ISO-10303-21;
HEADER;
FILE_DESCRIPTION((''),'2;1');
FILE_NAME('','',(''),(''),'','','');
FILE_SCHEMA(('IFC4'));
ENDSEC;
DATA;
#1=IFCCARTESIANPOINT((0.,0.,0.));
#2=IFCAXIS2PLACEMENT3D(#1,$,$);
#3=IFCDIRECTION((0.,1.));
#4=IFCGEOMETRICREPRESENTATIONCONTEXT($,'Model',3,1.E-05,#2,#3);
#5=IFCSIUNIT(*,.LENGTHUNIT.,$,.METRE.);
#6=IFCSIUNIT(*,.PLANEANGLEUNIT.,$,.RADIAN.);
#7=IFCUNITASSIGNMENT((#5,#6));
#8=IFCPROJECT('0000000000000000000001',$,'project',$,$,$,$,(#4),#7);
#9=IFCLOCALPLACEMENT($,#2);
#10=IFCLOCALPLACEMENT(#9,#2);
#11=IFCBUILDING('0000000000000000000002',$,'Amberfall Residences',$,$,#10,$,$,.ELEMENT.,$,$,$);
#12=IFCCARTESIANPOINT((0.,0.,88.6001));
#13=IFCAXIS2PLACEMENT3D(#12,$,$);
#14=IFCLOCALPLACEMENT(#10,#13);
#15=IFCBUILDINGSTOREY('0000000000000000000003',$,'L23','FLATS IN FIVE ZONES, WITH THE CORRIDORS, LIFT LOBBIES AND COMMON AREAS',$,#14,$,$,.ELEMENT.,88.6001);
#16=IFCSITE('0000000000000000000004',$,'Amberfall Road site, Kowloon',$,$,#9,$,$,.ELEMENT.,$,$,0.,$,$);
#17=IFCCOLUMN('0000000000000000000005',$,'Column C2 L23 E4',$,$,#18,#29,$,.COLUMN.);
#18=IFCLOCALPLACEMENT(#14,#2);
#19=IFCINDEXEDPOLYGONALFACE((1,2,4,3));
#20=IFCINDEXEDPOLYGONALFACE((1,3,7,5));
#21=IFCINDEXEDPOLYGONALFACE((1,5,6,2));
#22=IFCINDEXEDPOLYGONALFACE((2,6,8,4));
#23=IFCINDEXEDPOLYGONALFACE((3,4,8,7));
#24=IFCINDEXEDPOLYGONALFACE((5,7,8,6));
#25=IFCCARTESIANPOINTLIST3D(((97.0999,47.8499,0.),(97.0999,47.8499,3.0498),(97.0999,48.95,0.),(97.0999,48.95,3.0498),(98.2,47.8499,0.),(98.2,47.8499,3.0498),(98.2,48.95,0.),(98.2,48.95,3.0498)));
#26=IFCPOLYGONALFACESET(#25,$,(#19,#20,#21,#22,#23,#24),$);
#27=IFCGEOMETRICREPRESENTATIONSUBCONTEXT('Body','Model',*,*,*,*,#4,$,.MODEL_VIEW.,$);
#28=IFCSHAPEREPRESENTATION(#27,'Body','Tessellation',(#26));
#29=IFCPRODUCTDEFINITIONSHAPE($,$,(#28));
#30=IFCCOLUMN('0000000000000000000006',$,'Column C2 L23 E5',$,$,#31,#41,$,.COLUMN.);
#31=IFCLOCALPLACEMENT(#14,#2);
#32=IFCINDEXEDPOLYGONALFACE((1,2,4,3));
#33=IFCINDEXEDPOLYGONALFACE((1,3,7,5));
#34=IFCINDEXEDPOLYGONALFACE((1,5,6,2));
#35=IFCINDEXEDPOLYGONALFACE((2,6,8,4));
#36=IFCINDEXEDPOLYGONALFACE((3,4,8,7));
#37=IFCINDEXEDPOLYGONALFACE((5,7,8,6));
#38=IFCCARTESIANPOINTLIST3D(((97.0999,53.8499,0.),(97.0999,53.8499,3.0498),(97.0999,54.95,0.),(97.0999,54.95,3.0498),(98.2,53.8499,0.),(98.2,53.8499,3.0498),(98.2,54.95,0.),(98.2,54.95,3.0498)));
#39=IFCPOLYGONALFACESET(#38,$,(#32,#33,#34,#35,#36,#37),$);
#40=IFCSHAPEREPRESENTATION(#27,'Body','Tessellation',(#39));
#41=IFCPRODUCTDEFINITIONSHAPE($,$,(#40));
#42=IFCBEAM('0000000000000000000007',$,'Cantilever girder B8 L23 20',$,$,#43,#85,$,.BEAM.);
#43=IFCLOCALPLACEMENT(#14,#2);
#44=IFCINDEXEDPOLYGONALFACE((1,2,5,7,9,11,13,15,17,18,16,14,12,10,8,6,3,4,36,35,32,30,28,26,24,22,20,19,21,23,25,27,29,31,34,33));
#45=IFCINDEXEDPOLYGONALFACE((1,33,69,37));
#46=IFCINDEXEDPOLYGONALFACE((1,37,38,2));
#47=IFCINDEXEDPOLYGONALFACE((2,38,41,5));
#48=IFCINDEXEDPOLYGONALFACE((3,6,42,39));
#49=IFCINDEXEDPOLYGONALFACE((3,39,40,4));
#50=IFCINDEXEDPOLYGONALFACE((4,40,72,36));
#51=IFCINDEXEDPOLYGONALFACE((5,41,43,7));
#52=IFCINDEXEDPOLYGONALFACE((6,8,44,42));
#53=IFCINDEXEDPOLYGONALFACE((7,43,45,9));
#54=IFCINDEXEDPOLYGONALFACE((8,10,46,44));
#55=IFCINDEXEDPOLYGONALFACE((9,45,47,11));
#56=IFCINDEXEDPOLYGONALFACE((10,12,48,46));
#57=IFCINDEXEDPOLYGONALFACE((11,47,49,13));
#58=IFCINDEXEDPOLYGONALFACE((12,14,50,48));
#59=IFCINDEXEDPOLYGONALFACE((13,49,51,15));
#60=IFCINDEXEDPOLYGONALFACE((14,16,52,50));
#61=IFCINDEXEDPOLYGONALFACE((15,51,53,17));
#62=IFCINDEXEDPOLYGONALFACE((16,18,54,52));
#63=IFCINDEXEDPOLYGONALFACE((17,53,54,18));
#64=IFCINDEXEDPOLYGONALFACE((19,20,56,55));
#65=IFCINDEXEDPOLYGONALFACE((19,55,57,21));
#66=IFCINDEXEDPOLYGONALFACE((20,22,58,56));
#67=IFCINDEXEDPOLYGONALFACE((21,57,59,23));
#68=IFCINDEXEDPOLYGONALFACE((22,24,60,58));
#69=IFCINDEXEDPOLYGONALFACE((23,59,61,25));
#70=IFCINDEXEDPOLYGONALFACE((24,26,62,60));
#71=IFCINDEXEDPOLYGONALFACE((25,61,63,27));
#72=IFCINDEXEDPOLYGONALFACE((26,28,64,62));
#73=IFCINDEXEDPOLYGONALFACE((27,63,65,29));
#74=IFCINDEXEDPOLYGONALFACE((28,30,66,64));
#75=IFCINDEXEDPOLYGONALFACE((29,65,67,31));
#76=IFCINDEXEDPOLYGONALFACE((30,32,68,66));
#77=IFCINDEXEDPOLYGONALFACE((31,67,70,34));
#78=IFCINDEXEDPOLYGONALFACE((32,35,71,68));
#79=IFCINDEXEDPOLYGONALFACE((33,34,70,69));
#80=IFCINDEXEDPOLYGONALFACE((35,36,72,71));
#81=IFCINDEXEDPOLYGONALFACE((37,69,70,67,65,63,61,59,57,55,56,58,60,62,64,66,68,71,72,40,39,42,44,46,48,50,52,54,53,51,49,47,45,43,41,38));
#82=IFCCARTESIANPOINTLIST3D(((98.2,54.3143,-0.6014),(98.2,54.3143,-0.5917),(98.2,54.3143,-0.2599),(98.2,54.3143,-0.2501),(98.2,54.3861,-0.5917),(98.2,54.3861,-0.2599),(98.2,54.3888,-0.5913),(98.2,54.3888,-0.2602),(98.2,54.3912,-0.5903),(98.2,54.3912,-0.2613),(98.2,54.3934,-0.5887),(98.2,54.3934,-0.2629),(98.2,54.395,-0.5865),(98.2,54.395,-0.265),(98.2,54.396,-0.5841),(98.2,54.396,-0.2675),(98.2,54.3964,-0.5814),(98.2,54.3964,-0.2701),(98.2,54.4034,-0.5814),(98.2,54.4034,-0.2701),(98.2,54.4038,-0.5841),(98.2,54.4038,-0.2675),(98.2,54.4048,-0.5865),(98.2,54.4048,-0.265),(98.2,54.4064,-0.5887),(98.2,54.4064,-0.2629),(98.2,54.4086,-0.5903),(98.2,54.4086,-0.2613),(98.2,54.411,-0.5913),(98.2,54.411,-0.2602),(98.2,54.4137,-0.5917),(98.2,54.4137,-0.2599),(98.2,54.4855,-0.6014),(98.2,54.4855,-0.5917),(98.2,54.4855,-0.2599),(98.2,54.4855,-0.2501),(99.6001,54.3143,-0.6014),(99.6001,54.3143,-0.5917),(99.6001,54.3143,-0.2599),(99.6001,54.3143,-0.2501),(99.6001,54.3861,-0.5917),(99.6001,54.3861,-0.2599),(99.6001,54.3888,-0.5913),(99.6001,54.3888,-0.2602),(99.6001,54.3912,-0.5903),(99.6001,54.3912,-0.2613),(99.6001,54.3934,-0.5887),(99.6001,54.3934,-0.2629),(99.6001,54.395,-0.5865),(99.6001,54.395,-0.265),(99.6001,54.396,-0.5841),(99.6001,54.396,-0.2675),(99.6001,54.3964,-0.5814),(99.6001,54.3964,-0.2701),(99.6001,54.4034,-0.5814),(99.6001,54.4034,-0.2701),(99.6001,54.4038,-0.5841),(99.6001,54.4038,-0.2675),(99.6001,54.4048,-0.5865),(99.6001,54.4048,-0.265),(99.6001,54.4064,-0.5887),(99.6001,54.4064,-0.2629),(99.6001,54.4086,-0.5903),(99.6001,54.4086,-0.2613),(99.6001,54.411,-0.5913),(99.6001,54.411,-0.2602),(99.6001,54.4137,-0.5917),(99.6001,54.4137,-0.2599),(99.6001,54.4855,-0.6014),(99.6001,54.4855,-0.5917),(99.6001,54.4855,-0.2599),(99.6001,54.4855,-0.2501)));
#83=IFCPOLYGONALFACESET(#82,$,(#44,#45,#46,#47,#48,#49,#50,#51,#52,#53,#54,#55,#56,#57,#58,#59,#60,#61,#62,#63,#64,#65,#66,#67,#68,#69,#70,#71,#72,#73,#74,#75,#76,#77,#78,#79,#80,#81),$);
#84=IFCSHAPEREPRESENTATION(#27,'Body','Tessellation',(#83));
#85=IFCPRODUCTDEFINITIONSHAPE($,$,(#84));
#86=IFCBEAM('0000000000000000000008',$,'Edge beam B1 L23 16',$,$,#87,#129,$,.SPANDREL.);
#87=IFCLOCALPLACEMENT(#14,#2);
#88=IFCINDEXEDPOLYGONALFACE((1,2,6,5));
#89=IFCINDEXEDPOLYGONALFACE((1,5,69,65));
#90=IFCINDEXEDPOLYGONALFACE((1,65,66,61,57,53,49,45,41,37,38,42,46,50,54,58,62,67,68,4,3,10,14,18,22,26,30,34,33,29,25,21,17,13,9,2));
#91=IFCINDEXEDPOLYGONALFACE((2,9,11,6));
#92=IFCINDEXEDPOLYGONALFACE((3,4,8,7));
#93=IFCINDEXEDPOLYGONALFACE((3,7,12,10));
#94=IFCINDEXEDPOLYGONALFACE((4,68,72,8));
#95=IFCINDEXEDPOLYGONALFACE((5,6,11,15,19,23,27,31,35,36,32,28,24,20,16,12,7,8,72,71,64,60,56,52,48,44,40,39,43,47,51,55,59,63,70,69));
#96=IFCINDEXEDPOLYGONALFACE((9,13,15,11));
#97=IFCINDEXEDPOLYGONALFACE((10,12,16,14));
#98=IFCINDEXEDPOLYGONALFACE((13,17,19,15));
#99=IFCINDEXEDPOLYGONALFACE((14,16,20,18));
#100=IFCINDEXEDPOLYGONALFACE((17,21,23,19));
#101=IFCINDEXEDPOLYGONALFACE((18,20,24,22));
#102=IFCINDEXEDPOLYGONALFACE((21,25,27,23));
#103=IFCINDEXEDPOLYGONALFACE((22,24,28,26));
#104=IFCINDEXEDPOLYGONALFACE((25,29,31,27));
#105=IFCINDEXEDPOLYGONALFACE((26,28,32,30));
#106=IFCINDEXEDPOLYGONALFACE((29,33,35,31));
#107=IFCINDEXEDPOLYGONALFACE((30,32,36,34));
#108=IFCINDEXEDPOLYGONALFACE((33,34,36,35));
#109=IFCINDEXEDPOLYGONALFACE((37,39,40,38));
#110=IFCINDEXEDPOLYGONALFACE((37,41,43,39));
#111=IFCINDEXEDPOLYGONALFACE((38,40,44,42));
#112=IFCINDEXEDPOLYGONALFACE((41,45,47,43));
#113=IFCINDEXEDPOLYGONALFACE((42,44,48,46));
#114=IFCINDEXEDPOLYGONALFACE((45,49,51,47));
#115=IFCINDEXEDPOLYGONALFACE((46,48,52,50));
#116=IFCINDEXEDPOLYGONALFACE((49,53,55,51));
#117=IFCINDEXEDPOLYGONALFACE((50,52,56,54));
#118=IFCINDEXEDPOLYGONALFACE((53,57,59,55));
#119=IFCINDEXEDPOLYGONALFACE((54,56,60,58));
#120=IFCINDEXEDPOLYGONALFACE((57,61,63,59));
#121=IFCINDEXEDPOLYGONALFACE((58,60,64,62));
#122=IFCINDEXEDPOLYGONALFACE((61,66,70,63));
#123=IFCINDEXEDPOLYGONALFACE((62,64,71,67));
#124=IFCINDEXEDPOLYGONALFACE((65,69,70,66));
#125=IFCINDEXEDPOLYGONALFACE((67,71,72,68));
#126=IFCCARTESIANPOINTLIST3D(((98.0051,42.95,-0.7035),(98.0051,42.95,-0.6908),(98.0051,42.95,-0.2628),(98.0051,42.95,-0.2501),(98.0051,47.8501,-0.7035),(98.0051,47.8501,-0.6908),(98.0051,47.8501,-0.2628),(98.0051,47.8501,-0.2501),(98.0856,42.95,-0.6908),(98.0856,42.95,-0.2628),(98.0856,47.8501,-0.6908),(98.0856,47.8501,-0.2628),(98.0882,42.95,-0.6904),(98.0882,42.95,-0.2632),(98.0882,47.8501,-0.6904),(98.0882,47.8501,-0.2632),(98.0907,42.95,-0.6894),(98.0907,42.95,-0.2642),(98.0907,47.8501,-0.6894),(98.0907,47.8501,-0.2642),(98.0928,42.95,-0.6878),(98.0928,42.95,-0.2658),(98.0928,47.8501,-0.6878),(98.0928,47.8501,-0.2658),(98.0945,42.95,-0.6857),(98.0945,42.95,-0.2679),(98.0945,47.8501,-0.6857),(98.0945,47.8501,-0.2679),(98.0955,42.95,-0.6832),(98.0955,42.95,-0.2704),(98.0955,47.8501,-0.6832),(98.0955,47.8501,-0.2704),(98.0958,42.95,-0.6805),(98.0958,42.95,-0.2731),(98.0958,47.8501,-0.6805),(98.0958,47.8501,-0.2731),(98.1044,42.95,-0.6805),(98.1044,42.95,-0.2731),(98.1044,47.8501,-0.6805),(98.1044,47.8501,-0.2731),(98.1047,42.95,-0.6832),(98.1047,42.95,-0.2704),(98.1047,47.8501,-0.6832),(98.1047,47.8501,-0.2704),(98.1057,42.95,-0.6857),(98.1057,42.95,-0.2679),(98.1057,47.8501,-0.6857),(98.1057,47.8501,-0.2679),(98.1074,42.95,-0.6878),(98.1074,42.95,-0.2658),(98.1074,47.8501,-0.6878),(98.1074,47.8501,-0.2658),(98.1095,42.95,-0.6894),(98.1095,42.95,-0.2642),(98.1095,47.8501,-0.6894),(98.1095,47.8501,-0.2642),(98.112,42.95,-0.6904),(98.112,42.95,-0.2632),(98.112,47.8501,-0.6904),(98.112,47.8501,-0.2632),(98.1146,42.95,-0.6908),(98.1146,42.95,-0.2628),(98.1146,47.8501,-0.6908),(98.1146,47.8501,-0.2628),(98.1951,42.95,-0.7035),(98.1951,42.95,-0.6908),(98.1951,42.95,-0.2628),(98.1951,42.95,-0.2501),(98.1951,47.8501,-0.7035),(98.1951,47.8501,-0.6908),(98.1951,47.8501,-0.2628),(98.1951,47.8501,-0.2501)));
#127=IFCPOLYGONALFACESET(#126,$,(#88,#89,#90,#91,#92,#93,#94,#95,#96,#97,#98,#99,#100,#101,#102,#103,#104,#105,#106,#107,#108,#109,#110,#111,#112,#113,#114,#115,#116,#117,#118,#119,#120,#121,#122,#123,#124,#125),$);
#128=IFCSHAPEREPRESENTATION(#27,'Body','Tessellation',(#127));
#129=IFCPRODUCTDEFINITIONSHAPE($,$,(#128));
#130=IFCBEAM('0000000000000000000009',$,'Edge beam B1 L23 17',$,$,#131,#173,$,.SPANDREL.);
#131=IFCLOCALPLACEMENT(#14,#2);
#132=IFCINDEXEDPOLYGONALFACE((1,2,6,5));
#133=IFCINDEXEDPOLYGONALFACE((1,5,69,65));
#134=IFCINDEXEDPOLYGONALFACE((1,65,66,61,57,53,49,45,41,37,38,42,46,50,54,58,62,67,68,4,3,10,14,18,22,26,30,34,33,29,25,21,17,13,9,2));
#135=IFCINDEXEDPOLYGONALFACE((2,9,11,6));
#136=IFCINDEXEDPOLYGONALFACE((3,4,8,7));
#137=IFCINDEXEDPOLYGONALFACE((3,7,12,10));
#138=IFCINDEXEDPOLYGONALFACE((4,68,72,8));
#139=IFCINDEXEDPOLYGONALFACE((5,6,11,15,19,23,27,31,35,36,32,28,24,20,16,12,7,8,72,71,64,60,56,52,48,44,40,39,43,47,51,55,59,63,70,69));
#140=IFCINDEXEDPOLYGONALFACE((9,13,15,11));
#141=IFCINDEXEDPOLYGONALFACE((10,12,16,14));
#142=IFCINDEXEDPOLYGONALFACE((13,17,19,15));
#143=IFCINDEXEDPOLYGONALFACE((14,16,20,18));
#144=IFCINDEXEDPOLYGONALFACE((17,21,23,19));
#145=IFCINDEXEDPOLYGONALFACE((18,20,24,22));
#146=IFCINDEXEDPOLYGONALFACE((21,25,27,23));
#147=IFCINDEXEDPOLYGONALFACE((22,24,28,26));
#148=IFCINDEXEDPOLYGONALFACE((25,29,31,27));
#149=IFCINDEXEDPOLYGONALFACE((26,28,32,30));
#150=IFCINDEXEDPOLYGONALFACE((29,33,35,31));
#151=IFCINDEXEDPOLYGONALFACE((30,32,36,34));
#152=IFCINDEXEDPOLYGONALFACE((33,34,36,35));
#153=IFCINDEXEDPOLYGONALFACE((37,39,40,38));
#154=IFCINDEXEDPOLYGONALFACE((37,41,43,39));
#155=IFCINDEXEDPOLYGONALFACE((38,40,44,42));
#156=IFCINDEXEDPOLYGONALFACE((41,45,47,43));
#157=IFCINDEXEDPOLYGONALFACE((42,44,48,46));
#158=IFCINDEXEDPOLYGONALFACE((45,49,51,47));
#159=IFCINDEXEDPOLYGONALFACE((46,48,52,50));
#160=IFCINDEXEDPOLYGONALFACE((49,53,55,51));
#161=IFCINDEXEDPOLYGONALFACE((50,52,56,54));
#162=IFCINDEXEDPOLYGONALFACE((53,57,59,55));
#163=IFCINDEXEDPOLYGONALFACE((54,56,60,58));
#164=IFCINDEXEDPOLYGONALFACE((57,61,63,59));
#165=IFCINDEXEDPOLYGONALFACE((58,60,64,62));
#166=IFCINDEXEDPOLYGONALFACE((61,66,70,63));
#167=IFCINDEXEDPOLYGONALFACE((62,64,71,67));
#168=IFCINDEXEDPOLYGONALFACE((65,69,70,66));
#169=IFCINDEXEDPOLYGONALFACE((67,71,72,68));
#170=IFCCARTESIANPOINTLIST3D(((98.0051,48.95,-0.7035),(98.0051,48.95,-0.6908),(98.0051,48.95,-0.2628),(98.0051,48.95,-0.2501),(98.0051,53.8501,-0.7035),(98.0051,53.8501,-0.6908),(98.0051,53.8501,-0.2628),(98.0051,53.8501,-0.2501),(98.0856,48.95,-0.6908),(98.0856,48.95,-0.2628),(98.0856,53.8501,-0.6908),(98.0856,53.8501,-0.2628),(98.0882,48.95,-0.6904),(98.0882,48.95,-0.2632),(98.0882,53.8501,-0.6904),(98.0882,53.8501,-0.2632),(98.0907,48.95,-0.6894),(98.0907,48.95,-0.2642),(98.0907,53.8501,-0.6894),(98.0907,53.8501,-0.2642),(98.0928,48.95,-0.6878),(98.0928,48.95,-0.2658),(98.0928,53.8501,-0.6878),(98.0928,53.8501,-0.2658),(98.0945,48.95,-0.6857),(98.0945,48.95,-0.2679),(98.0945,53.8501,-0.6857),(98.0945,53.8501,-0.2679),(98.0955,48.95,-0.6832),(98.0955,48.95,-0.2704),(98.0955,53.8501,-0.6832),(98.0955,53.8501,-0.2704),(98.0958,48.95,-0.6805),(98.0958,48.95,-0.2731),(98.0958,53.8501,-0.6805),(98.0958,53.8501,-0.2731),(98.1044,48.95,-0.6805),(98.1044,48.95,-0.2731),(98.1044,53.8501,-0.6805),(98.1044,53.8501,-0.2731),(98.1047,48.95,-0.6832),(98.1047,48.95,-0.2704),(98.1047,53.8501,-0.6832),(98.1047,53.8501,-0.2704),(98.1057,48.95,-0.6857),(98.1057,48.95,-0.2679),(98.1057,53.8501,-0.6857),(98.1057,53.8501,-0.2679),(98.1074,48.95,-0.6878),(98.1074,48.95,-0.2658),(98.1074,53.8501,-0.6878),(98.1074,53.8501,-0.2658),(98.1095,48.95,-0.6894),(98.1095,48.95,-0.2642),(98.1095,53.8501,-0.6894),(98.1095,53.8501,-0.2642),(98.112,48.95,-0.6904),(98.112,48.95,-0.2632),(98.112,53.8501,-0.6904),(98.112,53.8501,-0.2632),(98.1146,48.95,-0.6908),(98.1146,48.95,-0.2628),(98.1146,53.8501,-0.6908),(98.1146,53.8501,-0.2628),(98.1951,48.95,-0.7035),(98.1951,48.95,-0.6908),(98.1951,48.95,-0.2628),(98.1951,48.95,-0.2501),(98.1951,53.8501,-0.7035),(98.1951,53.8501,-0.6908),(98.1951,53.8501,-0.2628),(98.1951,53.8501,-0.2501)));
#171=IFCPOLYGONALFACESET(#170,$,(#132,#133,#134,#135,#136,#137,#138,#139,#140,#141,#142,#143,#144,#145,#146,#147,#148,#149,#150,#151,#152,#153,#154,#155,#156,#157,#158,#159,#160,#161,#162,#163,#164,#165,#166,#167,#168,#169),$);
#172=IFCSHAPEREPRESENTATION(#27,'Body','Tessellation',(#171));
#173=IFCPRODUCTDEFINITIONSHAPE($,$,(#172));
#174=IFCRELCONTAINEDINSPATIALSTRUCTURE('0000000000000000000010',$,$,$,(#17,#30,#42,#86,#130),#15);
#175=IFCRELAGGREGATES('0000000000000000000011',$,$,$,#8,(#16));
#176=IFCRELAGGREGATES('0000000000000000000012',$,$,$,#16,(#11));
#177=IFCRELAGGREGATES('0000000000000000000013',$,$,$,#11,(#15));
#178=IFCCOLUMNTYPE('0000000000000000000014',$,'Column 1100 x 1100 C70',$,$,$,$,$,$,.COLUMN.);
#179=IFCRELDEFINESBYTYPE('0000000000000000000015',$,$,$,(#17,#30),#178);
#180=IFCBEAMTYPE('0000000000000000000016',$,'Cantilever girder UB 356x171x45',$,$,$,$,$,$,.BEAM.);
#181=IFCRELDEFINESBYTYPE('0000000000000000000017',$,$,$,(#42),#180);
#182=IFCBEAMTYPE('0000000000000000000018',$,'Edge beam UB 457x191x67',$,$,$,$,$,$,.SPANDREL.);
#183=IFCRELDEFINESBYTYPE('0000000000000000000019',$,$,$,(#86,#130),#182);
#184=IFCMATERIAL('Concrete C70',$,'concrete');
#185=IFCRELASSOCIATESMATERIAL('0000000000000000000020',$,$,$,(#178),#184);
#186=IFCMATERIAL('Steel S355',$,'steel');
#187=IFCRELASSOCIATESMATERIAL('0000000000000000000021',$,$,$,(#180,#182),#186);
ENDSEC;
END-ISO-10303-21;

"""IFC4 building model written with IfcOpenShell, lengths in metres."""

from ifc_helpers import new_model, si_unit, direction, frame, origin, origin_2d, place, context, subcontext, project, spatial, rectangle, i_section, extrude, material, material_profile, profile_set, type_object, element, save


model = new_model("IFC4")

# Units and contexts
model_context = context("Model", 3, precision=1e-05, world=origin(), true_north=direction((0.0, 1.0)))
body_context = subcontext(model_context, "Body", "Model", "MODEL_VIEW")
ifc_project = project(units=[si_unit("LENGTHUNIT", "METRE"), si_unit("PLANEANGLEUNIT", "RADIAN")], contexts=[model_context])

# Site, building, storey
site_placement = place(None, origin())
site = spatial("IfcSite", under=ifc_project, at=site_placement, Name="Amberfall Road site, Kowloon", CompositionType="ELEMENT", RefElevation=0.0)
building_placement = place(site_placement, origin())
building = spatial("IfcBuilding", under=site, at=building_placement, Name="Amberfall Residences", CompositionType="ELEMENT")
storey_placement = place(building_placement, frame((0.0, 0.0, 88.6001)))
storey = spatial("IfcBuildingStorey", under=building, at=storey_placement, Name="L23", Description="FLATS IN FIVE ZONES, WITH THE CORRIDORS, LIFT LOBBIES AND COMMON AREAS", CompositionType="ELEMENT", Elevation=88.6001)

# Columns
ifc_material_1 = material(Name="Concrete C70", Category="concrete")
ifc_material_profile_1 = material_profile(ifc_material_1, rectangle(XDim=1.1001, YDim=1.1001, at=origin_2d()), Name="Column 1100 x 1100 C70")
ifc_profile_set_1 = profile_set([ifc_material_profile_1], Name="Concrete C70")
column_type = type_object("IfcColumnType", Name="Column 1100 x 1100 C70", PredefinedType="COLUMN", material=ifc_profile_set_1)
for number, where, z_axis, x_axis, name in (
    (1, (97.6499, 48.3999, 0.0), (0.0, 0.0, 1.0), (1.0, 0.0, 0.0), "Column C2 L23 E4"),
    (2, (97.6499, 54.3999, 0.0), (0.0, 0.0, 1.0), (1.0, 0.0, 0.0), "Column C2 L23 E5"),
):
    element("IfcColumn", number, at=place(storey_placement, frame(where, z_axis=z_axis, x_axis=x_axis)), inside=storey, type_object=column_type, Name=name, PredefinedType="COLUMN", context=body_context, shape_type="SweptSolid", body=[
        extrude(rectangle(XDim=1.1001, YDim=1.1001, at=origin_2d()), origin(), (0.0, 0.0, 1.0), 3.0498),
    ])

# Beams
ifc_material_2 = material(Name="Steel S355", Category="steel")
ifc_material_profile_2 = material_profile(ifc_material_2, i_section(OverallWidth=0.1711, OverallDepth=0.3513, WebThickness=0.0071, FlangeThickness=0.0098, FilletRadius=0.0103, at=origin_2d()), Name="UB 356x171x45")
ifc_profile_set_2 = profile_set([ifc_material_profile_2], Name="Steel S355")
beam_type_1 = type_object("IfcBeamType", Name="Cantilever girder UB 356x171x45", PredefinedType="BEAM", material=ifc_profile_set_2)
beam_1_placement = place(storey_placement, frame((98.2, 54.3999, -0.4258), z_axis=(1.0, 0.0, 0.0), x_axis=(0.0, 1.0, 0.0)))
element("IfcBeam", 3, at=beam_1_placement, inside=storey, type_object=beam_type_1, Name="Cantilever girder B8 L23 20", PredefinedType="BEAM", context=body_context, shape_type="SweptSolid", body=[
    extrude(i_section(OverallWidth=0.1711, OverallDepth=0.3513, WebThickness=0.0071, FlangeThickness=0.0098, FilletRadius=0.0103, at=origin_2d()), origin(), (0.0, 0.0, 1.0), 1.4001),
])
ifc_material_profile_3 = material_profile(ifc_material_2, i_section(OverallWidth=0.1899, OverallDepth=0.4534, WebThickness=0.0085, FlangeThickness=0.0127, FilletRadius=0.0103, at=origin_2d()), Name="UB 457x191x67")
ifc_profile_set_3 = profile_set([ifc_material_profile_3], Name="Steel S355")
beam_type_2 = type_object("IfcBeamType", Name="Edge beam UB 457x191x67", PredefinedType="SPANDREL", material=ifc_profile_set_3)
for number, where, z_axis, x_axis, name in (
    (4, (98.1001, 42.95, -0.4768), (0.0, 1.0, 0.0), (-1.0, 0.0, 0.0), "Edge beam B1 L23 16"),
    (5, (98.1001, 48.95, -0.4768), (0.0, 1.0, 0.0), (-1.0, 0.0, 0.0), "Edge beam B1 L23 17"),
):
    element("IfcBeam", number, at=place(storey_placement, frame(where, z_axis=z_axis, x_axis=x_axis)), inside=storey, type_object=beam_type_2, Name=name, PredefinedType="SPANDREL", context=body_context, shape_type="SweptSolid", body=[
        extrude(i_section(OverallWidth=0.1899, OverallDepth=0.4534, WebThickness=0.0085, FlangeThickness=0.0127, FilletRadius=0.0103, at=origin_2d()), origin(), (0.0, 0.0, 1.0), 4.9001),
    ])

save(model, "model.ifc")
